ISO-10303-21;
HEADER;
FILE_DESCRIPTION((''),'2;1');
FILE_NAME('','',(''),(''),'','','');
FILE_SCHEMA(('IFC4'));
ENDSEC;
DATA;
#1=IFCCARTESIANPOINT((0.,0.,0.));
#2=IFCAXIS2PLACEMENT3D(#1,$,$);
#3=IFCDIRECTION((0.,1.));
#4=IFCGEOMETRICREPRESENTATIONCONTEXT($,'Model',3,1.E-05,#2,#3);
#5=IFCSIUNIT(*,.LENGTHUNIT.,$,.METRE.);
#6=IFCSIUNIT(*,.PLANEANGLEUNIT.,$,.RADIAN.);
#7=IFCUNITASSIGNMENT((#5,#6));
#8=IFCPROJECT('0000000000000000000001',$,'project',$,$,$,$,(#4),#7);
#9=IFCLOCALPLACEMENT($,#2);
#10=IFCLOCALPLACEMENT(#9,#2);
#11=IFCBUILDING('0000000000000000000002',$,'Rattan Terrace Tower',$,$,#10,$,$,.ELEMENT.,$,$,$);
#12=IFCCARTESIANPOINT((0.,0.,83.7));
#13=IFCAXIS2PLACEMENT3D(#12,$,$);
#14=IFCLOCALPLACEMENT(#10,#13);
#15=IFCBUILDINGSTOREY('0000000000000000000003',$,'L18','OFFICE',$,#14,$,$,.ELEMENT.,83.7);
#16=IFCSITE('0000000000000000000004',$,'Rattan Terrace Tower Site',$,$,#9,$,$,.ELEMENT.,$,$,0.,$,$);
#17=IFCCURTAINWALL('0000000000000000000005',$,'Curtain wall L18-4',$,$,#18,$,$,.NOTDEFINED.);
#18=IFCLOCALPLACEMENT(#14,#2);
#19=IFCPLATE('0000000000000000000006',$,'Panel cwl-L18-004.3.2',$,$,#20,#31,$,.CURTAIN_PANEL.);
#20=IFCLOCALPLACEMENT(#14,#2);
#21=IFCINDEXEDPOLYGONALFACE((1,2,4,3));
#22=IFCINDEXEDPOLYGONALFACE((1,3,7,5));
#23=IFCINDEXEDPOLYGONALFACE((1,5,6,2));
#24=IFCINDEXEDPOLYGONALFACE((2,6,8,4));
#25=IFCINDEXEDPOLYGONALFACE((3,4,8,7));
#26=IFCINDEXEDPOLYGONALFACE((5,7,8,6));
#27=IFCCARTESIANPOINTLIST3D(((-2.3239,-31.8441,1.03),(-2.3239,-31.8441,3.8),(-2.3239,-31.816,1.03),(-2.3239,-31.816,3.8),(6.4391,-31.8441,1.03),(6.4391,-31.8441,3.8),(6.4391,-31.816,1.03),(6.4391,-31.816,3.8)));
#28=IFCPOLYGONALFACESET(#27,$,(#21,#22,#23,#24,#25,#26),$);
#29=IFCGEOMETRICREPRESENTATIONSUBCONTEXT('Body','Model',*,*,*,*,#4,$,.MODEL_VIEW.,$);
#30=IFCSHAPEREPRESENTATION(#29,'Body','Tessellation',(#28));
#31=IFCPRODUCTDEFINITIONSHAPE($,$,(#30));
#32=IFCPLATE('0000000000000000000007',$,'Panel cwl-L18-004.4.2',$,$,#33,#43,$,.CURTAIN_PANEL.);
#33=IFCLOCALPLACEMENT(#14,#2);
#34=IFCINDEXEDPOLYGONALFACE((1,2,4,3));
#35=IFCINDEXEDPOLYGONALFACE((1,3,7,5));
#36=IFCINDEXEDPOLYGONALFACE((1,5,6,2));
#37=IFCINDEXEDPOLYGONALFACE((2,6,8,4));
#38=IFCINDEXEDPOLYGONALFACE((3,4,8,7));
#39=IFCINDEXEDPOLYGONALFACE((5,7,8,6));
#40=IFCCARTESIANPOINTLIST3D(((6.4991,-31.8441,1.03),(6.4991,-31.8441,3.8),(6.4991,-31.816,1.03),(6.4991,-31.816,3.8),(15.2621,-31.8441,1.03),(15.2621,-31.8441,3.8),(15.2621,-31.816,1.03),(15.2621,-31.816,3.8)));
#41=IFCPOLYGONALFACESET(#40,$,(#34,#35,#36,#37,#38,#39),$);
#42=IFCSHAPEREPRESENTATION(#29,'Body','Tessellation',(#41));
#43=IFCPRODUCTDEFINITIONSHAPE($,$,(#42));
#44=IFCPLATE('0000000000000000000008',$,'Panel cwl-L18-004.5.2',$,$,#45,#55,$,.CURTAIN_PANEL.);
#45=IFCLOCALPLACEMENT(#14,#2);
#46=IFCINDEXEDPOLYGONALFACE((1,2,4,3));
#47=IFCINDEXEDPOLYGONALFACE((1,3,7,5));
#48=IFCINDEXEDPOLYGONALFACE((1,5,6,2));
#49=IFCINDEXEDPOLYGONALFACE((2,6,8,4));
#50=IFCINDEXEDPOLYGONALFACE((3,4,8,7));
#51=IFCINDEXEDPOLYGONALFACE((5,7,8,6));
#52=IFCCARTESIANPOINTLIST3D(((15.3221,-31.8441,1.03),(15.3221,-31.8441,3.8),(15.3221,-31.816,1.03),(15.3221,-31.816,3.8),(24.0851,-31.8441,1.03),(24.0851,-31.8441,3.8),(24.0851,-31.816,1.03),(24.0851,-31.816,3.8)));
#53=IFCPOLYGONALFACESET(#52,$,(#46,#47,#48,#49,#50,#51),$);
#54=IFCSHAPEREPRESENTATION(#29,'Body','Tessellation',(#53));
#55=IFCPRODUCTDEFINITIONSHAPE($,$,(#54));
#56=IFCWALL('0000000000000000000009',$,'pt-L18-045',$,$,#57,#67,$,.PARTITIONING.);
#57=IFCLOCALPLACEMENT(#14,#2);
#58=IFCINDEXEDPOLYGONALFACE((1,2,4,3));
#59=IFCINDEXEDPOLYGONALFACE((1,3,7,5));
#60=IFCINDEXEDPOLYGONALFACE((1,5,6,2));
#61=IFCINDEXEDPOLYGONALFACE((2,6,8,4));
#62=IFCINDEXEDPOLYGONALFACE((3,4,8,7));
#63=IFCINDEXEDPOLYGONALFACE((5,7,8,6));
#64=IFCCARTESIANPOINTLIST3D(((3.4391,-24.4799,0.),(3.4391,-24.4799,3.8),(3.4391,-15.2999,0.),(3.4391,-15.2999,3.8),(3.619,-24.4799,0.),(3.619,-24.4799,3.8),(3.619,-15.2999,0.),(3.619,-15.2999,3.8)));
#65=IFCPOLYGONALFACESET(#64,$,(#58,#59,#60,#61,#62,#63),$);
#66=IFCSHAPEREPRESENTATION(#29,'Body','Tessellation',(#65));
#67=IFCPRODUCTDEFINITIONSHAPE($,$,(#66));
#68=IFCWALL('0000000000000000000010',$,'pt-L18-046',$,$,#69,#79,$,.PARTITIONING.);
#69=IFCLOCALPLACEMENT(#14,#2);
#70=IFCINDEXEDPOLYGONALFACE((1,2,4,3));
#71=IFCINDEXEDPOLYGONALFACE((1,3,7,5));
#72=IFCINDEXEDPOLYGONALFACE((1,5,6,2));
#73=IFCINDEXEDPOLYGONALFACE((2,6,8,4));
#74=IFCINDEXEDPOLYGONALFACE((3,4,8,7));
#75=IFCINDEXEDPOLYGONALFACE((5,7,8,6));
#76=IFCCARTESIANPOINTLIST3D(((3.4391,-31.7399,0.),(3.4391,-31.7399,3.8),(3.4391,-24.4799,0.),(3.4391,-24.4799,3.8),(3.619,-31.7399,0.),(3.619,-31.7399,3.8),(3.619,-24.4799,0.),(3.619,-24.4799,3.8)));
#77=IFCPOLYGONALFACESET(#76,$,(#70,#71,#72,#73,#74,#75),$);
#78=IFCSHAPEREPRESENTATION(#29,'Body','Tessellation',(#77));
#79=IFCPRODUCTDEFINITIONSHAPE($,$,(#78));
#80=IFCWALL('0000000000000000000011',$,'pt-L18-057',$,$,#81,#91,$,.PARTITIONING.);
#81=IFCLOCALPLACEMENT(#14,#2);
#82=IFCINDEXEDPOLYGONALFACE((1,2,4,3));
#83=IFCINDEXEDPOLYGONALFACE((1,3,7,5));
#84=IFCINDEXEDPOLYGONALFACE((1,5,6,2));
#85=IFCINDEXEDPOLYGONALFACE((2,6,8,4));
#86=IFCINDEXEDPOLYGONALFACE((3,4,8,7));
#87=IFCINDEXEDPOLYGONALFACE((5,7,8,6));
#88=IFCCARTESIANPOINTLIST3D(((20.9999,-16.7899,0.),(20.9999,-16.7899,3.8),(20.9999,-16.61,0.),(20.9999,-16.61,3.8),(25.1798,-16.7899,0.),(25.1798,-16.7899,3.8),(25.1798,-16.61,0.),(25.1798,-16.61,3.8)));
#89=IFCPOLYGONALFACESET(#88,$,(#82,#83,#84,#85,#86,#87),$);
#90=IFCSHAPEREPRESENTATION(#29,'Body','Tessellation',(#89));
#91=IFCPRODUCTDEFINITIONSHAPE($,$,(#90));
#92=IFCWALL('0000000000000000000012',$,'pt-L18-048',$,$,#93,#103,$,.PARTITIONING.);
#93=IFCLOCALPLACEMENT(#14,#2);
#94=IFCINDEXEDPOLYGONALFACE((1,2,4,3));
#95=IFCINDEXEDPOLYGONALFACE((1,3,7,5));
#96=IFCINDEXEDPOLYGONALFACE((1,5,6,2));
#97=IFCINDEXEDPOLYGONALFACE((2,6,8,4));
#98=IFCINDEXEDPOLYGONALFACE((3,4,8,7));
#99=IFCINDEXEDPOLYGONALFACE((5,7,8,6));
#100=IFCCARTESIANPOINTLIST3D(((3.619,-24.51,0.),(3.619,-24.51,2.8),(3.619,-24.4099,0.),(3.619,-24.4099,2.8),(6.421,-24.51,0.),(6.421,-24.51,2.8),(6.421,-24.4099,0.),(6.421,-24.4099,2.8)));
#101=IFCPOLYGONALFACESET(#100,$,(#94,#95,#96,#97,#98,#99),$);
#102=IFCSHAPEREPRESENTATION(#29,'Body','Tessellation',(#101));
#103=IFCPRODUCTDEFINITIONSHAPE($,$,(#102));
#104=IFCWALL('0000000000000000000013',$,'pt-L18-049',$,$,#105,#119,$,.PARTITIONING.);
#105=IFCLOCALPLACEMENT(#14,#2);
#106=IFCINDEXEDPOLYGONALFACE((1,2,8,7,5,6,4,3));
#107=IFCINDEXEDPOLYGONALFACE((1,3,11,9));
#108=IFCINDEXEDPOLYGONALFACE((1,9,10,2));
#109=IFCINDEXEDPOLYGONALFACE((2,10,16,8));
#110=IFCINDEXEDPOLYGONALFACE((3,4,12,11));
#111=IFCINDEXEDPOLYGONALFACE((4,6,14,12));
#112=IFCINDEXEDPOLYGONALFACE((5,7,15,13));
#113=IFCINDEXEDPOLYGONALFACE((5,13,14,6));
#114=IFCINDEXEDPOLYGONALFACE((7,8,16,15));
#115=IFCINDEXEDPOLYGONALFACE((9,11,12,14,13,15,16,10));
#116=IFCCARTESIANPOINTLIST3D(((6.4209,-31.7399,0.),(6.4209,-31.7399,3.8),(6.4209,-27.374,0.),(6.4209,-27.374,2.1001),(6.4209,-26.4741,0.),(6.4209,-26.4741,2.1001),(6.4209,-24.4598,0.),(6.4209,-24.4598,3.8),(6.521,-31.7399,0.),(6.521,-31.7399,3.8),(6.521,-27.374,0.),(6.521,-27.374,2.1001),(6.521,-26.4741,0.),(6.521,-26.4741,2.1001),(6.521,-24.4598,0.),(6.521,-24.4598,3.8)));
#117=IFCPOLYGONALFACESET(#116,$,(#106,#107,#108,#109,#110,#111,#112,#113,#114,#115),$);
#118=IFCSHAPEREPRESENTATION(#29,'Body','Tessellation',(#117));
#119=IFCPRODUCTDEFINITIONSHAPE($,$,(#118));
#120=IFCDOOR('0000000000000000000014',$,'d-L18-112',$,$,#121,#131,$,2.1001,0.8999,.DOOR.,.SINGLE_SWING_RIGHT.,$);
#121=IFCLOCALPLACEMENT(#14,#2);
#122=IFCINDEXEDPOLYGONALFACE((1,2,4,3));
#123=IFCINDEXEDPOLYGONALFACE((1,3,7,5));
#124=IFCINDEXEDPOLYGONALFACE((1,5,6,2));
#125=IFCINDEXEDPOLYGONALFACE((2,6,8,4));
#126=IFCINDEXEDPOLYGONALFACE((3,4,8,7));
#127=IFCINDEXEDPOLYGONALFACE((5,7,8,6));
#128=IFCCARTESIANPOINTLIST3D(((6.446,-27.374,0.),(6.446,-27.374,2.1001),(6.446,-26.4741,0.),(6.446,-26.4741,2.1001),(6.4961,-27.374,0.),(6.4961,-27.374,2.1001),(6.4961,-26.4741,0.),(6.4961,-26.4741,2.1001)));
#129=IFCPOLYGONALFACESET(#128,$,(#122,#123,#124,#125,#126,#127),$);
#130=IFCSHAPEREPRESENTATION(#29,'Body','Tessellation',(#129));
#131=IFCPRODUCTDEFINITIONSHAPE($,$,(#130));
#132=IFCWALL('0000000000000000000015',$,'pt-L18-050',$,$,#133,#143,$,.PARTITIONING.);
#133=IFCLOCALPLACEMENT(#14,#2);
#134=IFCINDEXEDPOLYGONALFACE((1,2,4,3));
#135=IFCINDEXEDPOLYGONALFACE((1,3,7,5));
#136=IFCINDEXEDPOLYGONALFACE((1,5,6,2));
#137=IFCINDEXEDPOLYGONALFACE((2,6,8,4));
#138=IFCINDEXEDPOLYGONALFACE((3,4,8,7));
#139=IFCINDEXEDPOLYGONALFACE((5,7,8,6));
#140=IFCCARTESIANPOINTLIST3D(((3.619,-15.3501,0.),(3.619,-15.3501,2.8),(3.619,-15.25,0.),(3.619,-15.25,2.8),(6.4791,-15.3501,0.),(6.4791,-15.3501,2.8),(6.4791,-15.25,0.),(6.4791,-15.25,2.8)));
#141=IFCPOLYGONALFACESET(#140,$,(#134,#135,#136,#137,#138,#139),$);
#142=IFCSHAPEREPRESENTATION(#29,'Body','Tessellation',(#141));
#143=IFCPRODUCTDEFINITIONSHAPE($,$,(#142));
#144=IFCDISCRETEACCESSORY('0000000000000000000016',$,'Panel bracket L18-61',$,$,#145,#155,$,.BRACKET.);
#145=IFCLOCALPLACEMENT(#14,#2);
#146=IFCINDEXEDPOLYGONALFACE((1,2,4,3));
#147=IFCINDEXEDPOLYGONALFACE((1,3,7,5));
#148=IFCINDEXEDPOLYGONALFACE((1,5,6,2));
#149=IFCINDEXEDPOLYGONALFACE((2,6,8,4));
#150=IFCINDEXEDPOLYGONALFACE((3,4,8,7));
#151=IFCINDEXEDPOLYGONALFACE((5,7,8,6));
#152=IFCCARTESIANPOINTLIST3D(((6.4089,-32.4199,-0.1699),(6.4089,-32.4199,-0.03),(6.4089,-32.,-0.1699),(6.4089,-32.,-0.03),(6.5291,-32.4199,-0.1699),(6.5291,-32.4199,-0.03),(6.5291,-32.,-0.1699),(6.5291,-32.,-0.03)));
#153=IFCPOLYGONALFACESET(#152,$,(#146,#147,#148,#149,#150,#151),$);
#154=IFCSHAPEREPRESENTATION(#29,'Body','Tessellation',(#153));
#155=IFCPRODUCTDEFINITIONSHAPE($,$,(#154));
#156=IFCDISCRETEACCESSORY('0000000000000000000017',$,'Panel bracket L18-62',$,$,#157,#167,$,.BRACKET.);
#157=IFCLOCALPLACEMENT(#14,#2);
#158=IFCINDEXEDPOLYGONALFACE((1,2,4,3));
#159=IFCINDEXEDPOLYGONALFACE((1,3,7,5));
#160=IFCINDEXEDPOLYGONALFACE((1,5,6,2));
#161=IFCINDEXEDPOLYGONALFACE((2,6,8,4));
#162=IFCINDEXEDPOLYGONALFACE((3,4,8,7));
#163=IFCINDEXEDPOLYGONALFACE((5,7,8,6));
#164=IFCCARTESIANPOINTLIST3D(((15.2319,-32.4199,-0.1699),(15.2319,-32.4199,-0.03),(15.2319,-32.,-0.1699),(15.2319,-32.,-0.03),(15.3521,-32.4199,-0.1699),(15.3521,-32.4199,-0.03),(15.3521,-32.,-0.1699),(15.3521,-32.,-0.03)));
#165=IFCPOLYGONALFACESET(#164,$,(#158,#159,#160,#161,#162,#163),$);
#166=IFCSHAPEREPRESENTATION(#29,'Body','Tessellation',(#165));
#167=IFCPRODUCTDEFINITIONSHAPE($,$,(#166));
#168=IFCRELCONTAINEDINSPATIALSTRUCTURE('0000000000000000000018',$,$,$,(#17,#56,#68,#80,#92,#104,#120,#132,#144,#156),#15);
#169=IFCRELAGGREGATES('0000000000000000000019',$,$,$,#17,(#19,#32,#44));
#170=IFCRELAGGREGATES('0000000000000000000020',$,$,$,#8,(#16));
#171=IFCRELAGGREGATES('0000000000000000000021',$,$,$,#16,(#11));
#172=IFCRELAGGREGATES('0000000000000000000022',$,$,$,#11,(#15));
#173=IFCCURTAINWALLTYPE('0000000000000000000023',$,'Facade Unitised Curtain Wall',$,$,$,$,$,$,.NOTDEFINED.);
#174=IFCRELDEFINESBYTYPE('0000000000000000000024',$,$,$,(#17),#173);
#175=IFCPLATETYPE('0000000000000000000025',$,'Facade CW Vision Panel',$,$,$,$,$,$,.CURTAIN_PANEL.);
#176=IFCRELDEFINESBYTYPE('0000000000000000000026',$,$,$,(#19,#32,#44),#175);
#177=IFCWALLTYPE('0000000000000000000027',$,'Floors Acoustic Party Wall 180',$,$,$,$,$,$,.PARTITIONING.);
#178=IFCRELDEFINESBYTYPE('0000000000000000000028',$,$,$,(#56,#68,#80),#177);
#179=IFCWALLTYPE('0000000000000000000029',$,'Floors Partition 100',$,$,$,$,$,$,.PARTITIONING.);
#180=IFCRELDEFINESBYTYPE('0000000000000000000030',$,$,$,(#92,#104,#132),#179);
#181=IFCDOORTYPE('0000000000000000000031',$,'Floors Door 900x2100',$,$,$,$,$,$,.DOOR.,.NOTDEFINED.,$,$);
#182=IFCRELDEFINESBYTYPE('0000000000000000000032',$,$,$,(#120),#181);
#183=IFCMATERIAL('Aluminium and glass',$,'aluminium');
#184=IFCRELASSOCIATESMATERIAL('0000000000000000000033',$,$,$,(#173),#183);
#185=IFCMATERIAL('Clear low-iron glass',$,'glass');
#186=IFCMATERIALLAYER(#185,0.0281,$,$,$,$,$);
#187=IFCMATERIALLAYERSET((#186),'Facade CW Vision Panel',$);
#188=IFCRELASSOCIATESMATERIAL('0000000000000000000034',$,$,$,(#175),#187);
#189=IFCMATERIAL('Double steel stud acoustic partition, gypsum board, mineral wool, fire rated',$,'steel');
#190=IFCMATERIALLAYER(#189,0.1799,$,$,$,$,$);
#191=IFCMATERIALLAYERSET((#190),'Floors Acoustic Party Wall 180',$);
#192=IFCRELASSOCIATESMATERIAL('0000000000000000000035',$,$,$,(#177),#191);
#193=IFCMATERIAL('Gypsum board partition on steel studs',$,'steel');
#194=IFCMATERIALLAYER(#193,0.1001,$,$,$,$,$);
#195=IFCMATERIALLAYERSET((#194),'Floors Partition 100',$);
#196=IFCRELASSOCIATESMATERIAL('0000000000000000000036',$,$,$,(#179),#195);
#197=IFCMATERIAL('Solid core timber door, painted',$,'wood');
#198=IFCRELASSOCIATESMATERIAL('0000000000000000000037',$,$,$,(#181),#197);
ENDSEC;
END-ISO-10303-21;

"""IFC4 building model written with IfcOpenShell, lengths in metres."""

from ifc_helpers import new_model, si_unit, direction, frame, frame_2d, origin, origin_2d, place, context, subcontext, project, spatial, rectangle, extrude, material, layer, layer_set, type_object, element, fill, aggregate, save


model = new_model("IFC4")

# Units and contexts
model_context = context("Model", 3, precision=1e-05, world=origin(), true_north=direction((0.0, 1.0)))
body_context = subcontext(model_context, "Body", "Model", "MODEL_VIEW")
ifc_project = project(units=[si_unit("LENGTHUNIT", "METRE"), si_unit("PLANEANGLEUNIT", "RADIAN")], contexts=[model_context])

# Site, building, storey
site_placement = place(None, origin())
site = spatial("IfcSite", under=ifc_project, at=site_placement, Name="Rattan Terrace Tower Site", CompositionType="ELEMENT", RefElevation=0.0)
building_placement = place(site_placement, origin())
building = spatial("IfcBuilding", under=site, at=building_placement, Name="Rattan Terrace Tower", CompositionType="ELEMENT")
storey_placement = place(building_placement, frame((0.0, 0.0, 83.7)))
storey = spatial("IfcBuildingStorey", under=building, at=storey_placement, Name="L18", Description="OFFICE", CompositionType="ELEMENT", Elevation=83.7)

# Curtain wall
ifc_material_1 = material(Name="Aluminium and glass", Category="aluminium")
curtain_wall_type = type_object("IfcCurtainWallType", Name="Facade Unitised Curtain Wall", PredefinedType="NOTDEFINED", material=ifc_material_1)
curtain_wall_placement = place(storey_placement, origin())
curtain_wall = element("IfcCurtainWall", 1, at=curtain_wall_placement, inside=storey, type_object=curtain_wall_type, Name="Curtain wall L18-4", PredefinedType="NOTDEFINED")

# Plates
ifc_material_2 = material(Name="Clear low-iron glass", Category="glass")
ifc_layer_1 = layer(ifc_material_2, 0.0281)
ifc_layer_set_1 = layer_set([ifc_layer_1], Name="Facade CW Vision Panel")
plate_type_1 = type_object("IfcPlateType", Name="Facade CW Vision Panel", PredefinedType="CURTAIN_PANEL", material=ifc_layer_set_1)
plate_1_placement = place(storey_placement, frame((2.0576, -31.8301, 1.03), z_axis=(0.0, 0.0, 1.0), x_axis=(1.0, 0.0, 0.0)))
plate_1 = element("IfcPlate", 2, at=plate_1_placement, type_object=plate_type_1, Name="Panel cwl-L18-004.3.2", PredefinedType="CURTAIN_PANEL", context=body_context, shape_type="SweptSolid", body=[
    extrude(rectangle(XDim=8.7629, YDim=0.0281, at=origin_2d()), origin(), (0.0, 0.0, 1.0), 2.77),
])
plate_2_placement = place(storey_placement, frame((10.8806, -31.8301, 1.03), z_axis=(0.0, 0.0, 1.0), x_axis=(1.0, 0.0, 0.0)))
plate_2 = element("IfcPlate", 3, at=plate_2_placement, type_object=plate_type_1, Name="Panel cwl-L18-004.4.2", PredefinedType="CURTAIN_PANEL", context=body_context, shape_type="SweptSolid", body=[
    extrude(rectangle(XDim=8.7629, YDim=0.0281, at=origin_2d()), origin(), (0.0, 0.0, 1.0), 2.77),
])
plate_3_placement = place(storey_placement, frame((19.7036, -31.8301, 1.03), z_axis=(0.0, 0.0, 1.0), x_axis=(1.0, 0.0, 0.0)))
plate_3 = element("IfcPlate", 4, at=plate_3_placement, type_object=plate_type_1, Name="Panel cwl-L18-004.5.2", PredefinedType="CURTAIN_PANEL", context=body_context, shape_type="SweptSolid", body=[
    extrude(rectangle(XDim=8.7629, YDim=0.0281, at=origin_2d()), origin(), (0.0, 0.0, 1.0), 2.77),
])
aggregate(curtain_wall, [plate_1, plate_2, plate_3])

# Walls
ifc_material_3 = material(Name="Double steel stud acoustic partition, gypsum board, mineral wool, fire rated", Category="steel")
ifc_layer_2 = layer(ifc_material_3, 0.1799)
ifc_layer_set_2 = layer_set([ifc_layer_2], Name="Floors Acoustic Party Wall 180")
wall_type_1 = type_object("IfcWallType", Name="Floors Acoustic Party Wall 180", PredefinedType="PARTITIONING", material=ifc_layer_set_2)
wall_1_placement = place(storey_placement, frame((3.5291, -15.3, 0.0), z_axis=(0.0, 0.0, 1.0), x_axis=(0.0, -1.0, 0.0)))
element("IfcWall", 5, at=wall_1_placement, inside=storey, type_object=wall_type_1, Name="pt-L18-045", PredefinedType="PARTITIONING", context=body_context, shape_type="SweptSolid", body=[
    extrude(rectangle(XDim=9.1799, YDim=0.1799, at=frame_2d((4.5898, 0.0))), origin(), (0.0, 0.0, 1.0), 3.8),
])
wall_2_placement = place(storey_placement, frame((3.5291, -24.48, 0.0), z_axis=(0.0, 0.0, 1.0), x_axis=(0.0, -1.0, 0.0)))
element("IfcWall", 6, at=wall_2_placement, inside=storey, type_object=wall_type_1, Name="pt-L18-046", PredefinedType="PARTITIONING", context=body_context, shape_type="SweptSolid", body=[
    extrude(rectangle(XDim=7.26, YDim=0.1799, at=frame_2d((3.6299, 0.0))), origin(), (0.0, 0.0, 1.0), 3.8),
])
wall_3_placement = place(storey_placement, frame((21.0, -16.7, 0.0), z_axis=(0.0, 0.0, 1.0), x_axis=(1.0, 0.0, 0.0)))
element("IfcWall", 7, at=wall_3_placement, inside=storey, type_object=wall_type_1, Name="pt-L18-057", PredefinedType="PARTITIONING", context=body_context, shape_type="SweptSolid", body=[
    extrude(rectangle(XDim=4.1799, YDim=0.1799, at=frame_2d((2.0898, 0.0))), origin(), (0.0, 0.0, 1.0), 3.8),
])
ifc_material_4 = material(Name="Gypsum board partition on steel studs", Category="steel")
ifc_layer_3 = layer(ifc_material_4, 0.1001)
ifc_layer_set_3 = layer_set([ifc_layer_3], Name="Floors Partition 100")
wall_type_2 = type_object("IfcWallType", Name="Floors Partition 100", PredefinedType="PARTITIONING", material=ifc_layer_set_3)
wall_4_placement = place(storey_placement, frame((6.4209, -24.46, 0.0), z_axis=(0.0, 0.0, 1.0), x_axis=(-1.0, 0.0, 0.0)))
element("IfcWall", 8, at=wall_4_placement, inside=storey, type_object=wall_type_2, Name="pt-L18-048", PredefinedType="PARTITIONING", context=body_context, shape_type="SweptSolid", body=[
    extrude(rectangle(XDim=2.802, YDim=0.1001, at=frame_2d((1.4009, 0.0))), origin(), (0.0, 0.0, 1.0), 2.8),
])

# Wall, opening, door
wall_5_placement = place(storey_placement, frame((6.4709, -31.74, 0.0), z_axis=(0.0, 0.0, 1.0), x_axis=(0.0, 1.0, 0.0)))
wall_5 = element("IfcWall", 9, at=wall_5_placement, inside=storey, type_object=wall_type_2, Name="pt-L18-049", PredefinedType="PARTITIONING", context=body_context, shape_type="SweptSolid", body=[
    extrude(rectangle(XDim=7.28, YDim=0.1001, at=frame_2d((3.6401, 0.0))), origin(), (0.0, 0.0, 1.0), 3.8),
])
opening_placement = place(wall_5_placement, frame((4.366, 0.0, 0.0)))
opening = element("IfcOpeningElement", 10, at=opening_placement, cuts=wall_5, PredefinedType="OPENING", context=body_context, shape_type="SweptSolid", body=[
    extrude(rectangle(XDim=0.8999, YDim=2.1001, at=frame_2d((0.45, 1.05))), frame((0.0, 0.0605, 0.0), z_axis=(0.0, -1.0, 0.0), x_axis=(1.0, 0.0, 0.0)), (0.0, 0.0, 1.0), 0.1211),
])
ifc_material_5 = material(Name="Solid core timber door, painted", Category="wood")
door_type = type_object("IfcDoorType", Name="Floors Door 900x2100", OperationType="NOTDEFINED", PredefinedType="DOOR", material=ifc_material_5)
door_placement = place(opening_placement, origin())
door = element("IfcDoor", 11, at=door_placement, inside=storey, type_object=door_type, Name="d-L18-112", OperationType="SINGLE_SWING_RIGHT", OverallHeight=2.1001, OverallWidth=0.8999, PredefinedType="DOOR", context=body_context, shape_type="SweptSolid", body=[
    extrude(rectangle(XDim=0.8999, YDim=2.1001, at=frame_2d((0.45, 1.05))), frame((0.0, 0.0249, 0.0), z_axis=(0.0, -1.0, 0.0), x_axis=(1.0, 0.0, 0.0)), (0.0, 0.0, 1.0), 0.05),
])
fill(opening, door)

# Wall
wall_6_placement = place(storey_placement, frame((3.6189, -15.3, 0.0), z_axis=(0.0, 0.0, 1.0), x_axis=(1.0, 0.0, 0.0)))
element("IfcWall", 12, at=wall_6_placement, inside=storey, type_object=wall_type_2, Name="pt-L18-050", PredefinedType="PARTITIONING", context=body_context, shape_type="SweptSolid", body=[
    extrude(rectangle(XDim=2.8601, YDim=0.1001, at=frame_2d((1.4302, 0.0))), origin(), (0.0, 0.0, 1.0), 2.8),
])

# Discrete accessories
for number, where, z_axis, x_axis, name in (
    (13, (6.469, -32.21, -0.1699), (0.0, 0.0, 1.0), (1.0, 0.0, 0.0), "Panel bracket L18-61"),
    (14, (15.292, -32.21, -0.1699), (0.0, 0.0, 1.0), (1.0, 0.0, 0.0), "Panel bracket L18-62"),
):
    element("IfcDiscreteAccessory", number, at=place(storey_placement, frame(where, z_axis=z_axis, x_axis=x_axis)), inside=storey, Name=name, PredefinedType="BRACKET", context=body_context, shape_type="SweptSolid", body=[
        extrude(rectangle(XDim=0.1201, YDim=0.4199, at=origin_2d()), origin(), (0.0, 0.0, 1.0), 0.1399),
    ])

save(model, "model.ifc")
